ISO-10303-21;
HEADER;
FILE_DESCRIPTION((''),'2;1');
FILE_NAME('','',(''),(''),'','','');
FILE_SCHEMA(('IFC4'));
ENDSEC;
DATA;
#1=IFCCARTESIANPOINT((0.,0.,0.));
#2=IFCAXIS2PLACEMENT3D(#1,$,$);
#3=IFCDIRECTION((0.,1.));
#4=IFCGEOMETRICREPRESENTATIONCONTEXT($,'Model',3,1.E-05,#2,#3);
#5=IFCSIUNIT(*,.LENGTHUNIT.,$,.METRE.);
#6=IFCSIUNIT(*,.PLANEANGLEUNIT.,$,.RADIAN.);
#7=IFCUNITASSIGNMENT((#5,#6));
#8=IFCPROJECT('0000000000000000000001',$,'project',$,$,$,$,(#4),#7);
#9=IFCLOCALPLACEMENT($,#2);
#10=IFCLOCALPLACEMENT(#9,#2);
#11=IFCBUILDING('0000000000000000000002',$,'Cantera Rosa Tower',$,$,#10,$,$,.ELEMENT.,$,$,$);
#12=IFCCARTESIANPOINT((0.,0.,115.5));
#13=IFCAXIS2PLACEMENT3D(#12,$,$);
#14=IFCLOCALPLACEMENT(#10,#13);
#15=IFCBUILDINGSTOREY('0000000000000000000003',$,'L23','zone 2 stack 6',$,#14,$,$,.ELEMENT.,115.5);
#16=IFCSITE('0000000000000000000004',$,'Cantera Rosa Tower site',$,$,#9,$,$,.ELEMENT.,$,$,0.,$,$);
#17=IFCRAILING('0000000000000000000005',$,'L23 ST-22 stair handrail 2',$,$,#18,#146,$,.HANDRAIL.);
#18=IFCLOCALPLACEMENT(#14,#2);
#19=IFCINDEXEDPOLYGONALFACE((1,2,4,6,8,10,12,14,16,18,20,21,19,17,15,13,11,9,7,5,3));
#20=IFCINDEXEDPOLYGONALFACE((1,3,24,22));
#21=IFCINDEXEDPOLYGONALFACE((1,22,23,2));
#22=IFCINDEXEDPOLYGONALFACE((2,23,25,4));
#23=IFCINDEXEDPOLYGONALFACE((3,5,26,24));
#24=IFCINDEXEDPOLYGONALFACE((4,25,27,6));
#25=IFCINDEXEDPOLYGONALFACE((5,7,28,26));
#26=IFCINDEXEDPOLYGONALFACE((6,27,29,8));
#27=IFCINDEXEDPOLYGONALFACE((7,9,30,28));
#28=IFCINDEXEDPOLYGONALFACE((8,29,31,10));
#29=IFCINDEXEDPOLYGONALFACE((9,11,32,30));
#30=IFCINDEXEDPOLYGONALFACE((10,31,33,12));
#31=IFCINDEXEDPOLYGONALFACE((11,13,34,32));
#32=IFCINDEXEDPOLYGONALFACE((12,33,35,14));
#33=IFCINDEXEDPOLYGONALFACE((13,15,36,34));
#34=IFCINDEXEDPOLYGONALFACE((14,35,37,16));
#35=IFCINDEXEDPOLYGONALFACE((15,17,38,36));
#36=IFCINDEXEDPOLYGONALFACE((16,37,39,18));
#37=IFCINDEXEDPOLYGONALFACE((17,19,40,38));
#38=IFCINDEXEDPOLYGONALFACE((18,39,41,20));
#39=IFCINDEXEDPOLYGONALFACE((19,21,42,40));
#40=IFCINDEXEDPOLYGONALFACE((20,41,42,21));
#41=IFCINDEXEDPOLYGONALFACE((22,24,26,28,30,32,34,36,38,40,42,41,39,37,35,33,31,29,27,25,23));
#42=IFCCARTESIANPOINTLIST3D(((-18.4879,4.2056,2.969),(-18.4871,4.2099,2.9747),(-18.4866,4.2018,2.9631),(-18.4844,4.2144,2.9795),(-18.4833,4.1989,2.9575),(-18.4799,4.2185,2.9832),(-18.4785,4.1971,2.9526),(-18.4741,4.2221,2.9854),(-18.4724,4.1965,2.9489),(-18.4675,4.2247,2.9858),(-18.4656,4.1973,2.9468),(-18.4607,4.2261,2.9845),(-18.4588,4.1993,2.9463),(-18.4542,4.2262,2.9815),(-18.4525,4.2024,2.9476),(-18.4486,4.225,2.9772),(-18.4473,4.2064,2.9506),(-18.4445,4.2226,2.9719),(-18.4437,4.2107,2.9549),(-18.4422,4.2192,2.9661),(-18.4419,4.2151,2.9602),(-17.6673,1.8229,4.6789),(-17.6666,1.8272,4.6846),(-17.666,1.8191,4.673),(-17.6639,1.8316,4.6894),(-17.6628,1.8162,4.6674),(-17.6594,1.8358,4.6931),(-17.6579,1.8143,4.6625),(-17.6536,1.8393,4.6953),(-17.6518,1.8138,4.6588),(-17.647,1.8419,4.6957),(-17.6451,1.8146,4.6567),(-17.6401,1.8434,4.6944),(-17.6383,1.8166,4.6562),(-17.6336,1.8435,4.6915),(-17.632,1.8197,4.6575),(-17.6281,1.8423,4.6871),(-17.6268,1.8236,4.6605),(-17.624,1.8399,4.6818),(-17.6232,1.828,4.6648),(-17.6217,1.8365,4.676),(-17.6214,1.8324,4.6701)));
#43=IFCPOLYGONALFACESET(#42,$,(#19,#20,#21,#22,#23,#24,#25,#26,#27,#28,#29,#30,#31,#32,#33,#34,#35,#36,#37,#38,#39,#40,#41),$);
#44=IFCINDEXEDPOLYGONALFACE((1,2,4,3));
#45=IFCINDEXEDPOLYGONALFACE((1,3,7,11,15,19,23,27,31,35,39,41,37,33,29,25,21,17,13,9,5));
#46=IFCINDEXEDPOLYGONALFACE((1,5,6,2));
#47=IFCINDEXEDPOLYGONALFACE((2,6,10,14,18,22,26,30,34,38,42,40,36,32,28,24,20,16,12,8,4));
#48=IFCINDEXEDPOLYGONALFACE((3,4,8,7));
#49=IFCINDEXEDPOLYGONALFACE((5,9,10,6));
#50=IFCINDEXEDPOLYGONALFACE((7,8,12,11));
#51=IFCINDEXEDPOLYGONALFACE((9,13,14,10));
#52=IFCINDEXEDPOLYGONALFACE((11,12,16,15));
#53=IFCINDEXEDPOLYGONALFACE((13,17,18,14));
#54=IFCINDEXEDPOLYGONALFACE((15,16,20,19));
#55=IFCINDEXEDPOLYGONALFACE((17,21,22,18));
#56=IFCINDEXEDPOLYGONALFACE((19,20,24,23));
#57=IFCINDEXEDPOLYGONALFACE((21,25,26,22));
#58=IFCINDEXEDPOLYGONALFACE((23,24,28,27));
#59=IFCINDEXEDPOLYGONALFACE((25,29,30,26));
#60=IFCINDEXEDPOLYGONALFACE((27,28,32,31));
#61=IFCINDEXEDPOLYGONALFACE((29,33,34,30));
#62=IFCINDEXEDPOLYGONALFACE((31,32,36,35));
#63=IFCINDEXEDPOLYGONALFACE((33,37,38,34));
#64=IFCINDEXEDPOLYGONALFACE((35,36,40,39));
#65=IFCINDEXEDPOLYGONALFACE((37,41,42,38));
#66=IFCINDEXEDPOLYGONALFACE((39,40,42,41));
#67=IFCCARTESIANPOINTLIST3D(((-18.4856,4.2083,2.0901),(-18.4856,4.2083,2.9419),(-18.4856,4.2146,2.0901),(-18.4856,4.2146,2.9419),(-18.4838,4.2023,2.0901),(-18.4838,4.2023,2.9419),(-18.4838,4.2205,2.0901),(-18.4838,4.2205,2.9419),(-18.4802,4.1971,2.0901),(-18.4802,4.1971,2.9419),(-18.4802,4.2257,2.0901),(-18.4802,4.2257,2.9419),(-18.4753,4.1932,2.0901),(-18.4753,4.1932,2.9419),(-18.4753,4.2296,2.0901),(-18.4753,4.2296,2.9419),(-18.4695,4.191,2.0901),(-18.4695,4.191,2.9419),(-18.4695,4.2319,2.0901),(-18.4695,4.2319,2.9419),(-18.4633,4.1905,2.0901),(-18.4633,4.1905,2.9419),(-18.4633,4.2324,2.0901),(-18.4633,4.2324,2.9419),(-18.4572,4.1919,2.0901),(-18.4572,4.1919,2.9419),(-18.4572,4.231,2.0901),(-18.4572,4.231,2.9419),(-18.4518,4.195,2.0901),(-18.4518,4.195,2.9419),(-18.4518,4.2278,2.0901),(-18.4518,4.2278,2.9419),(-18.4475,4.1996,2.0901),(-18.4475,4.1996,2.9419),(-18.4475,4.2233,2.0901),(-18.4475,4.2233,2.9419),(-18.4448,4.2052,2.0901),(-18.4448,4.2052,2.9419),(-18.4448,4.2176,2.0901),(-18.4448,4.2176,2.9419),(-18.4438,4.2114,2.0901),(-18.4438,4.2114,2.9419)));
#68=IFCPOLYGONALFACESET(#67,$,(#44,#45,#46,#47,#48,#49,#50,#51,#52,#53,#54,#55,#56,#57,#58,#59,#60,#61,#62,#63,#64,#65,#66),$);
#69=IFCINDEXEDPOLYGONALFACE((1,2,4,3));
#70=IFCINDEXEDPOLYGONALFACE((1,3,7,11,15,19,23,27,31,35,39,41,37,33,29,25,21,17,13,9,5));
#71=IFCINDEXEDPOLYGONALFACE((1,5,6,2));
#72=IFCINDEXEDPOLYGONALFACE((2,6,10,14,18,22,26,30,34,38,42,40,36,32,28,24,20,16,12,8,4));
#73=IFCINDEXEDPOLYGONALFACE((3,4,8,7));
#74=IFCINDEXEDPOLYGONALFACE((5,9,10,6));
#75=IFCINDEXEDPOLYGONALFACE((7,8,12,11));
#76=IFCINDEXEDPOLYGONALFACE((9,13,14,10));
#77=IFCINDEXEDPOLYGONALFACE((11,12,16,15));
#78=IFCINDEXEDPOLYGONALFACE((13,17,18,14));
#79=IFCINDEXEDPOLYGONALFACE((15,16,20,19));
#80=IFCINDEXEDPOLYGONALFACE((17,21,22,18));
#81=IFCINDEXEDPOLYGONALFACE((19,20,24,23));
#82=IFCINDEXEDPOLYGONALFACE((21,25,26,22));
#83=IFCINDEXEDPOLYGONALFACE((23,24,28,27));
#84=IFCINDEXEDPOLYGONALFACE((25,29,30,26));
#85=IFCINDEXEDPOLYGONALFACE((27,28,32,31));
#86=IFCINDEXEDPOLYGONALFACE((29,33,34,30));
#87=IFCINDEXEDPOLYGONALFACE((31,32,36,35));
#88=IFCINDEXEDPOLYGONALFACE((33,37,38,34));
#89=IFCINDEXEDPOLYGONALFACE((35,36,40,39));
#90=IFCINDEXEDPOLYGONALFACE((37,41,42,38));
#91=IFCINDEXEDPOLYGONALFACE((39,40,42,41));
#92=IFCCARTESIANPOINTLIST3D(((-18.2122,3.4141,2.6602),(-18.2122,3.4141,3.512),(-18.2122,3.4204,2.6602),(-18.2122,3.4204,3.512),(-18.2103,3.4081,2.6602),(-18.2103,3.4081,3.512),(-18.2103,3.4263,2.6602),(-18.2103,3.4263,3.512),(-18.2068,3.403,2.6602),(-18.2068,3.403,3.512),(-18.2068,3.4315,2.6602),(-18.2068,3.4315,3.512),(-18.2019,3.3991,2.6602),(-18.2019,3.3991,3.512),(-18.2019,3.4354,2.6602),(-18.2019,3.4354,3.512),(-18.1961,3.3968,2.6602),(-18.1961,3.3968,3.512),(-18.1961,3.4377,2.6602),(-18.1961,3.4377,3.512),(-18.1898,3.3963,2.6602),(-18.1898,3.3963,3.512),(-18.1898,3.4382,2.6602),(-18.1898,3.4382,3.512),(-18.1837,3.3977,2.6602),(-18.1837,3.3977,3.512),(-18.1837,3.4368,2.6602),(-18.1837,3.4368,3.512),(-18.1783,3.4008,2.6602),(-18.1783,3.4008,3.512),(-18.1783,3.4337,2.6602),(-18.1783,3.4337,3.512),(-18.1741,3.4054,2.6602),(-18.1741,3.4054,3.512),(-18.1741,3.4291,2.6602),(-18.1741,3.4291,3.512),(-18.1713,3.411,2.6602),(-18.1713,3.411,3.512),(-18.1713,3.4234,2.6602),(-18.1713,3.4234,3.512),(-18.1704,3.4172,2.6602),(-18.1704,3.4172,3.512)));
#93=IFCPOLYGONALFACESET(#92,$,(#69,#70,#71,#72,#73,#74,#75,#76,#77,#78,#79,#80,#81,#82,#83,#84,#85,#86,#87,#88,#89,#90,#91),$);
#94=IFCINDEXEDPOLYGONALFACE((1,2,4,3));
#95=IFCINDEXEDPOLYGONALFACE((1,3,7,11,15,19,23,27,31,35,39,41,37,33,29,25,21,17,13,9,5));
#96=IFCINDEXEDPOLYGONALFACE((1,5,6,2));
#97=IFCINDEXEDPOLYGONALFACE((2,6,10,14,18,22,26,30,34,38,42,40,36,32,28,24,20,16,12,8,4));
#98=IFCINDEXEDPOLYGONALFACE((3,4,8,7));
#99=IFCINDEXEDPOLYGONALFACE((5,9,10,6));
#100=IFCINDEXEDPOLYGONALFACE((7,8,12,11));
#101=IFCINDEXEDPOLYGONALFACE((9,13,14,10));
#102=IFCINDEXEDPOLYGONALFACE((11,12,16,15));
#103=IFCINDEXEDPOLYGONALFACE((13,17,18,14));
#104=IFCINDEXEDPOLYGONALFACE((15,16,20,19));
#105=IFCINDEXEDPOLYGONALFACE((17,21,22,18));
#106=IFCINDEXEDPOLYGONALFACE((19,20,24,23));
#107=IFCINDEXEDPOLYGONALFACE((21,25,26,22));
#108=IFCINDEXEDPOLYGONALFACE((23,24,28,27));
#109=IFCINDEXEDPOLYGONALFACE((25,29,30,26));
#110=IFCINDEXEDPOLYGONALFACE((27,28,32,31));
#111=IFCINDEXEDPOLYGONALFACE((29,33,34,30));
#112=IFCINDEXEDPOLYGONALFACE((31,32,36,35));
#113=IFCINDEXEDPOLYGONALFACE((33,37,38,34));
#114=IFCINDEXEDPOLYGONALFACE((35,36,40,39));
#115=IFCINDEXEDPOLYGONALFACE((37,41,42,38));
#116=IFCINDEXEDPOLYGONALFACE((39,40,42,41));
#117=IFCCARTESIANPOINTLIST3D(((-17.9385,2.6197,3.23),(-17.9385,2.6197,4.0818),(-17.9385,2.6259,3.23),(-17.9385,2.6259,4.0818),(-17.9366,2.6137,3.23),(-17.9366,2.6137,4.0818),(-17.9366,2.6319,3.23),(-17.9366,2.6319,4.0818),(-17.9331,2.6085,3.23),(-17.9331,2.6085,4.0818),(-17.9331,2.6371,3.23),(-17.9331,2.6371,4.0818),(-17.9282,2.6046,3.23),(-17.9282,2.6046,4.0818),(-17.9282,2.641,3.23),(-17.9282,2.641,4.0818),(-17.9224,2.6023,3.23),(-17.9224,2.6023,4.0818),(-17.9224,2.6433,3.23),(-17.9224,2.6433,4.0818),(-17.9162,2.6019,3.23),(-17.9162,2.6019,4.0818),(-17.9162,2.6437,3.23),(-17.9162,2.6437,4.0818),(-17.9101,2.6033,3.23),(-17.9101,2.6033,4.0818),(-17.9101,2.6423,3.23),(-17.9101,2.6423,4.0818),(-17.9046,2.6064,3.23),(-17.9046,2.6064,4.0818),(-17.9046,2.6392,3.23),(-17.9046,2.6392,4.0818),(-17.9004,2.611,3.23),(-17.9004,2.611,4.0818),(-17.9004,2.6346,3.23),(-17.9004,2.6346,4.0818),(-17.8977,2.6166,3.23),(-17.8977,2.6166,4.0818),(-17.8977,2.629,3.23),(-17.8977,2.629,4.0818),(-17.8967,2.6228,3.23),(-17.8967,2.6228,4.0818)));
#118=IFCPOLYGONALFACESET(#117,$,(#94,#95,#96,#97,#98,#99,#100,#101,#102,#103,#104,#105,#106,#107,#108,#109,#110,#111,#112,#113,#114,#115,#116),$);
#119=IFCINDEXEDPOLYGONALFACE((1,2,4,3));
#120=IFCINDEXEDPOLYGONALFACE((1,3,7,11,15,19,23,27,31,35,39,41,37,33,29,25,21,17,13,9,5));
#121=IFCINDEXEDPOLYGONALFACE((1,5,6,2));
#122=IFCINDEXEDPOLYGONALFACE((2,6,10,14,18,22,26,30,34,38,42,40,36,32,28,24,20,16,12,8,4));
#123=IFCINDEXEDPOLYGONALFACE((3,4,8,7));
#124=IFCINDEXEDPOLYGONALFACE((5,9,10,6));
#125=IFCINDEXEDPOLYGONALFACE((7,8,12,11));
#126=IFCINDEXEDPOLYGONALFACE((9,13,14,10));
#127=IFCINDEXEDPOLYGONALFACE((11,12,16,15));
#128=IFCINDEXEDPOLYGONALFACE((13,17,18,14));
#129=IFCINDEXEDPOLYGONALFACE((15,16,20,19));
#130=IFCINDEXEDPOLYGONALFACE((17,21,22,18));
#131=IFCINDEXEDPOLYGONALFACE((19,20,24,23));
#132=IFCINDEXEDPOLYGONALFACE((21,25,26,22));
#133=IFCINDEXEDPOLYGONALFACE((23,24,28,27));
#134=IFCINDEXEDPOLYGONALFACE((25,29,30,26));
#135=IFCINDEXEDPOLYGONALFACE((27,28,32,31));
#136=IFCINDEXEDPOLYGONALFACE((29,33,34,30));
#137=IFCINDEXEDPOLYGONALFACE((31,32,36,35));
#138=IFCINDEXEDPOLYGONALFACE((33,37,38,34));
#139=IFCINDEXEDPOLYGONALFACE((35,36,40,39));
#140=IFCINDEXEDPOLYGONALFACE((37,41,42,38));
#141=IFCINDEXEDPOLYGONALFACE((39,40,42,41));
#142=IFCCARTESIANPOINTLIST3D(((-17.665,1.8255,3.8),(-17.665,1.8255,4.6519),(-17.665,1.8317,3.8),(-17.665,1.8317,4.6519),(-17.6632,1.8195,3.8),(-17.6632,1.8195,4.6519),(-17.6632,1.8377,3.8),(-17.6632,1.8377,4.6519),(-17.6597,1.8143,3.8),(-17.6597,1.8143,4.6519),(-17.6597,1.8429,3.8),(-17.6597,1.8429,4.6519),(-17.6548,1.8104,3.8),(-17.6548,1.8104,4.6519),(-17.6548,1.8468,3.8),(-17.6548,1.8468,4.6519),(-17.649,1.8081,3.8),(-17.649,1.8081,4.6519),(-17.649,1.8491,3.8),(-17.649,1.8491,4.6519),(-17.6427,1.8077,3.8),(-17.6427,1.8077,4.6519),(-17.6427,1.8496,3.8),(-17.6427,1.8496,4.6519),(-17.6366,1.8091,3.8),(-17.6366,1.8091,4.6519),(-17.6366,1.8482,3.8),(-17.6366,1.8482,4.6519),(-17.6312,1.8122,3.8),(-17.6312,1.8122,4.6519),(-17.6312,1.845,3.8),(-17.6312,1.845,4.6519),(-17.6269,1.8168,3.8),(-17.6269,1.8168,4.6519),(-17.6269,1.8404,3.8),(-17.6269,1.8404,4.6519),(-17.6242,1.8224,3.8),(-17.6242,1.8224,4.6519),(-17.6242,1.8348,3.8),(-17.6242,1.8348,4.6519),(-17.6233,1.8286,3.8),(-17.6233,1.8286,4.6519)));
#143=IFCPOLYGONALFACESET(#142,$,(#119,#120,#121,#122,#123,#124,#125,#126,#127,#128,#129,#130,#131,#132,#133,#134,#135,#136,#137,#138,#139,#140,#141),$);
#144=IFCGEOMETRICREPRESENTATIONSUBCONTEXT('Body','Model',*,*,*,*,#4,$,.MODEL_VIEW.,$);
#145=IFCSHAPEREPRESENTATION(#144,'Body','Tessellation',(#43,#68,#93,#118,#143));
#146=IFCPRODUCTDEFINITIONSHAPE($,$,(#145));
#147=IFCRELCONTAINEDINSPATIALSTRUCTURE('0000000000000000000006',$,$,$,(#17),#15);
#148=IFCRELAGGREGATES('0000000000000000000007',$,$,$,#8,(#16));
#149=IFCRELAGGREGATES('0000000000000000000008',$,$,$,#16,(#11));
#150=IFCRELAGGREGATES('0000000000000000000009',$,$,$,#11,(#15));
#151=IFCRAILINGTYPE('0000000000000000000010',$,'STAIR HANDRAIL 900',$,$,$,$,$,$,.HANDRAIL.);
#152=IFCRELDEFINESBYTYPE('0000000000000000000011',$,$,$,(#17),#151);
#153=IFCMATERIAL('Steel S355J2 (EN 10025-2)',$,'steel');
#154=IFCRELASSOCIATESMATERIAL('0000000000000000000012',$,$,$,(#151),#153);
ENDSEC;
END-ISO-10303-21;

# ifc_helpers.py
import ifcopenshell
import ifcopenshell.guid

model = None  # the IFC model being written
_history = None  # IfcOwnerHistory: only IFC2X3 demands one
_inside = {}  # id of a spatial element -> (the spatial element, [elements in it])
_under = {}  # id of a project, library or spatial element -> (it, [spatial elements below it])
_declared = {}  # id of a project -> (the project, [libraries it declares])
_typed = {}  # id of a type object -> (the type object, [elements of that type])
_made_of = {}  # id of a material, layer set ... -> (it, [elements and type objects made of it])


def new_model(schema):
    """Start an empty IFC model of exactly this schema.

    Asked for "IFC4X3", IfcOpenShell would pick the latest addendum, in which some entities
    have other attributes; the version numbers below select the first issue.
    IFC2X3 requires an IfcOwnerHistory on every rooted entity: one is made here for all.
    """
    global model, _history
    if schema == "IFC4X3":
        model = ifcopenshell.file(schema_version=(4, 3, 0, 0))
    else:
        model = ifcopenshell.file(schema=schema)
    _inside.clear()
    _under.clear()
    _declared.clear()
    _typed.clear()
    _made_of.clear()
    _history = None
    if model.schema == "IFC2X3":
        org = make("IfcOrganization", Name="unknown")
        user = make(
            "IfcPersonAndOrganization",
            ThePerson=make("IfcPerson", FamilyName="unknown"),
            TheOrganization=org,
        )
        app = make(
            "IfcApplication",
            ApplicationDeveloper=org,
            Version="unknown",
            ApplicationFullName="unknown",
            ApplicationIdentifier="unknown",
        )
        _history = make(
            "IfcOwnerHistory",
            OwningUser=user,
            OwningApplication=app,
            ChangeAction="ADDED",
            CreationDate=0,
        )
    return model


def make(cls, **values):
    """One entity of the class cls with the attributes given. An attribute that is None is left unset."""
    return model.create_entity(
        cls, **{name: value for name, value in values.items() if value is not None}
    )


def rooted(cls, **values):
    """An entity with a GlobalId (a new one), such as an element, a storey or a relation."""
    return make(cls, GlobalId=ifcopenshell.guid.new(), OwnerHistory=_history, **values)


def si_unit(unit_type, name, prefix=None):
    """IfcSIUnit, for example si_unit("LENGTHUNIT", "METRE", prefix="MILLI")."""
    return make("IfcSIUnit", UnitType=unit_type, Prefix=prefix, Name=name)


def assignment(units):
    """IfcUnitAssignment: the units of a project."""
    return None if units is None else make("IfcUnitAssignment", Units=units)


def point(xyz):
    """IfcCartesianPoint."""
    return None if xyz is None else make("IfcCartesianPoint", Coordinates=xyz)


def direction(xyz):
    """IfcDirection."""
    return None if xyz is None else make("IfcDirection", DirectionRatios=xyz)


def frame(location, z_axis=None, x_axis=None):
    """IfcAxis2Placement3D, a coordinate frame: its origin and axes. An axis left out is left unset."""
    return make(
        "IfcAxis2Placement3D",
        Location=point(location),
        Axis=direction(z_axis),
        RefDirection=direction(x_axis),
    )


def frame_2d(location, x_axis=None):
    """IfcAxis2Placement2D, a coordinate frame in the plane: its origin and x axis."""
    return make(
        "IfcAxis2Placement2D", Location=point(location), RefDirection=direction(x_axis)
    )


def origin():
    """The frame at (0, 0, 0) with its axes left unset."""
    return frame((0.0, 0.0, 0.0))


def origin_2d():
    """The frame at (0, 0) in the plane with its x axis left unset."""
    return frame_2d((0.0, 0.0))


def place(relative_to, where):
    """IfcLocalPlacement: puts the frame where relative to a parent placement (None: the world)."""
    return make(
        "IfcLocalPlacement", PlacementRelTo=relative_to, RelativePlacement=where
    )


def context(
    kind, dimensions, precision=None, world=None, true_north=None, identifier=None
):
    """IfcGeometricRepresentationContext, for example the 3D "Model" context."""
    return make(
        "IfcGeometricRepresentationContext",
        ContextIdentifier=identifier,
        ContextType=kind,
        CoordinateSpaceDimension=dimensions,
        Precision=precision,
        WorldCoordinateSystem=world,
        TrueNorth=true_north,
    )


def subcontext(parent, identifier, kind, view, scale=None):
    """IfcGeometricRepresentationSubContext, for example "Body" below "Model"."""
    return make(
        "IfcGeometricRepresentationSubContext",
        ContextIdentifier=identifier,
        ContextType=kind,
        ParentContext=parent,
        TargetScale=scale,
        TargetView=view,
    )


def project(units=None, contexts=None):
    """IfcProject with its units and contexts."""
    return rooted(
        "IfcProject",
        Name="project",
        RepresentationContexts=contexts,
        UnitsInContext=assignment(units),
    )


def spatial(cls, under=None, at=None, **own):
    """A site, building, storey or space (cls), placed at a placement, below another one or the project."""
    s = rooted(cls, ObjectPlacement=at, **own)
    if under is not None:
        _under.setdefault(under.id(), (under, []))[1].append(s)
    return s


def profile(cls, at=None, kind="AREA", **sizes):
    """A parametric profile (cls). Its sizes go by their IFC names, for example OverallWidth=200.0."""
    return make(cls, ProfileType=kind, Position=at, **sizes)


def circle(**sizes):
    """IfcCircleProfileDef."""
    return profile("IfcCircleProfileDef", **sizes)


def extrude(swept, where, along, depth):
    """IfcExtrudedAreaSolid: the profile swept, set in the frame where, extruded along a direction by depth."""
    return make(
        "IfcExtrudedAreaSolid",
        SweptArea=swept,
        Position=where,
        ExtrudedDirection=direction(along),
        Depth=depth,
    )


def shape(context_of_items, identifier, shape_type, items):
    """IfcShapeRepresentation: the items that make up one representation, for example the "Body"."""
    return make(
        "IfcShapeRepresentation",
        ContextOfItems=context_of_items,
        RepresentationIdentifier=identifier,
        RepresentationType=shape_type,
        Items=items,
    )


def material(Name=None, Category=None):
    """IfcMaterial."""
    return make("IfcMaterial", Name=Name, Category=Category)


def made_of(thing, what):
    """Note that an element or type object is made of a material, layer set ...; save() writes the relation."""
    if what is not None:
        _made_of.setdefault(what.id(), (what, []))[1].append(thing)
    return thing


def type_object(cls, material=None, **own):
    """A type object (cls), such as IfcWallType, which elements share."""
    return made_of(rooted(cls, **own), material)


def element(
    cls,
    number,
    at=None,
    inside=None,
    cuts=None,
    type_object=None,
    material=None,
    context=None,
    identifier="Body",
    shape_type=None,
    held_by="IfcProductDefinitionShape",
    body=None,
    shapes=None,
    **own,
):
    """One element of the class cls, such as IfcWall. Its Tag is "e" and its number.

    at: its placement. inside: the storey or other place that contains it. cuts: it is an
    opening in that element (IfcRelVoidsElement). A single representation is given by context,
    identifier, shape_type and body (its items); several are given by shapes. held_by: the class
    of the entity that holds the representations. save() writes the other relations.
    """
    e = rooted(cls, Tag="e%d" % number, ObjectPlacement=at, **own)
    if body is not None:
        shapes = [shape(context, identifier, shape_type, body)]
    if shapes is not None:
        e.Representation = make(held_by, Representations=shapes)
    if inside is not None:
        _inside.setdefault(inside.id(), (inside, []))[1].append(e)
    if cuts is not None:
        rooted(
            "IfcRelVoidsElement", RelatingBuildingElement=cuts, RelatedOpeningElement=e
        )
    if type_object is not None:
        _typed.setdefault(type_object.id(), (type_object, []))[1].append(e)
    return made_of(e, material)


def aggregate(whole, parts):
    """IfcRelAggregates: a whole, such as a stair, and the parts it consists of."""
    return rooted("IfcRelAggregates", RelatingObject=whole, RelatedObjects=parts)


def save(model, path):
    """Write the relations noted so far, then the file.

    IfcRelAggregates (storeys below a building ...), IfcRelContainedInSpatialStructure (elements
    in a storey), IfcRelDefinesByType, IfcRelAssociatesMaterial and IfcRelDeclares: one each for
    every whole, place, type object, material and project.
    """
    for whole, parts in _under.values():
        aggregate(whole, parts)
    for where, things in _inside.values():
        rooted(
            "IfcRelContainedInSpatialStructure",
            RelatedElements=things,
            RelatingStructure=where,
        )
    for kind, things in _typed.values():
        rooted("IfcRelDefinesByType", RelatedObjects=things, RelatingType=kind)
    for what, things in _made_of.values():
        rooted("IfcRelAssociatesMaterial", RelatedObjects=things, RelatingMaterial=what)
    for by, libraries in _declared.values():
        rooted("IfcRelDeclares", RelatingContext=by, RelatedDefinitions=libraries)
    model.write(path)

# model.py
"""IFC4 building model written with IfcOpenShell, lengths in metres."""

from ifc_helpers import new_model, si_unit, direction, frame, origin, origin_2d, place, context, subcontext, project, spatial, circle, extrude, material, type_object, element, save


model = new_model("IFC4")

# Units and contexts
model_context = context("Model", 3, precision=1e-05, world=origin(), true_north=direction((0.0, 1.0)))
body_context = subcontext(model_context, "Body", "Model", "MODEL_VIEW")
ifc_project = project(units=[si_unit("LENGTHUNIT", "METRE"), si_unit("PLANEANGLEUNIT", "RADIAN")], contexts=[model_context])

# Site, building, storey
site_placement = place(None, origin())
site = spatial("IfcSite", under=ifc_project, at=site_placement, Name="Cantera Rosa Tower site", CompositionType="ELEMENT", RefElevation=0.0)
building_placement = place(site_placement, origin())
building = spatial("IfcBuilding", under=site, at=building_placement, Name="Cantera Rosa Tower", CompositionType="ELEMENT")
storey_placement = place(building_placement, frame((0.0, 0.0, 115.5)))
storey = spatial("IfcBuildingStorey", under=building, at=storey_placement, Name="L23", Description="zone 2 stack 6", CompositionType="ELEMENT", Elevation=115.5)

# Railing
ifc_material_1 = material(Name="Steel S355J2 (EN 10025-2)", Category="steel")
railing_type_1 = type_object("IfcRailingType", Name="STAIR HANDRAIL 900", PredefinedType="HANDRAIL", material=ifc_material_1)
railing_1_placement = place(storey_placement, frame((-18.4648, 4.2114, 2.0901)))
element("IfcRailing", 1, at=railing_1_placement, inside=storey, type_object=railing_type_1, Name="L23 ST-22 stair handrail 2", PredefinedType="HANDRAIL", context=body_context, shape_type="SweptSolid", body=[
    extrude(circle(Radius=0.0239, at=origin_2d()), frame((0.0, 0.0, 0.876), z_axis=(0.269432, -0.782404, 0.561471), x_axis=(0.945508, 0.3256, 0.0)), (0.0, 0.0, 1.0), 3.0454),
    extrude(circle(Radius=0.021, at=origin_2d()), origin(), (0.0, 0.0, 1.0), 0.8518),
    extrude(circle(Radius=0.021, at=origin_2d()), frame((0.2734, -0.7942, 0.5701)), (0.0, 0.0, 1.0), 0.8518),
    extrude(circle(Radius=0.021, at=origin_2d()), frame((0.5471, -1.5886, 1.1399)), (0.0, 0.0, 1.0), 0.8518),
    extrude(circle(Radius=0.021, at=origin_2d()), frame((0.8206, -2.3828, 1.71)), (0.0, 0.0, 1.0), 0.8518),
])

save(model, "model.ifc")
